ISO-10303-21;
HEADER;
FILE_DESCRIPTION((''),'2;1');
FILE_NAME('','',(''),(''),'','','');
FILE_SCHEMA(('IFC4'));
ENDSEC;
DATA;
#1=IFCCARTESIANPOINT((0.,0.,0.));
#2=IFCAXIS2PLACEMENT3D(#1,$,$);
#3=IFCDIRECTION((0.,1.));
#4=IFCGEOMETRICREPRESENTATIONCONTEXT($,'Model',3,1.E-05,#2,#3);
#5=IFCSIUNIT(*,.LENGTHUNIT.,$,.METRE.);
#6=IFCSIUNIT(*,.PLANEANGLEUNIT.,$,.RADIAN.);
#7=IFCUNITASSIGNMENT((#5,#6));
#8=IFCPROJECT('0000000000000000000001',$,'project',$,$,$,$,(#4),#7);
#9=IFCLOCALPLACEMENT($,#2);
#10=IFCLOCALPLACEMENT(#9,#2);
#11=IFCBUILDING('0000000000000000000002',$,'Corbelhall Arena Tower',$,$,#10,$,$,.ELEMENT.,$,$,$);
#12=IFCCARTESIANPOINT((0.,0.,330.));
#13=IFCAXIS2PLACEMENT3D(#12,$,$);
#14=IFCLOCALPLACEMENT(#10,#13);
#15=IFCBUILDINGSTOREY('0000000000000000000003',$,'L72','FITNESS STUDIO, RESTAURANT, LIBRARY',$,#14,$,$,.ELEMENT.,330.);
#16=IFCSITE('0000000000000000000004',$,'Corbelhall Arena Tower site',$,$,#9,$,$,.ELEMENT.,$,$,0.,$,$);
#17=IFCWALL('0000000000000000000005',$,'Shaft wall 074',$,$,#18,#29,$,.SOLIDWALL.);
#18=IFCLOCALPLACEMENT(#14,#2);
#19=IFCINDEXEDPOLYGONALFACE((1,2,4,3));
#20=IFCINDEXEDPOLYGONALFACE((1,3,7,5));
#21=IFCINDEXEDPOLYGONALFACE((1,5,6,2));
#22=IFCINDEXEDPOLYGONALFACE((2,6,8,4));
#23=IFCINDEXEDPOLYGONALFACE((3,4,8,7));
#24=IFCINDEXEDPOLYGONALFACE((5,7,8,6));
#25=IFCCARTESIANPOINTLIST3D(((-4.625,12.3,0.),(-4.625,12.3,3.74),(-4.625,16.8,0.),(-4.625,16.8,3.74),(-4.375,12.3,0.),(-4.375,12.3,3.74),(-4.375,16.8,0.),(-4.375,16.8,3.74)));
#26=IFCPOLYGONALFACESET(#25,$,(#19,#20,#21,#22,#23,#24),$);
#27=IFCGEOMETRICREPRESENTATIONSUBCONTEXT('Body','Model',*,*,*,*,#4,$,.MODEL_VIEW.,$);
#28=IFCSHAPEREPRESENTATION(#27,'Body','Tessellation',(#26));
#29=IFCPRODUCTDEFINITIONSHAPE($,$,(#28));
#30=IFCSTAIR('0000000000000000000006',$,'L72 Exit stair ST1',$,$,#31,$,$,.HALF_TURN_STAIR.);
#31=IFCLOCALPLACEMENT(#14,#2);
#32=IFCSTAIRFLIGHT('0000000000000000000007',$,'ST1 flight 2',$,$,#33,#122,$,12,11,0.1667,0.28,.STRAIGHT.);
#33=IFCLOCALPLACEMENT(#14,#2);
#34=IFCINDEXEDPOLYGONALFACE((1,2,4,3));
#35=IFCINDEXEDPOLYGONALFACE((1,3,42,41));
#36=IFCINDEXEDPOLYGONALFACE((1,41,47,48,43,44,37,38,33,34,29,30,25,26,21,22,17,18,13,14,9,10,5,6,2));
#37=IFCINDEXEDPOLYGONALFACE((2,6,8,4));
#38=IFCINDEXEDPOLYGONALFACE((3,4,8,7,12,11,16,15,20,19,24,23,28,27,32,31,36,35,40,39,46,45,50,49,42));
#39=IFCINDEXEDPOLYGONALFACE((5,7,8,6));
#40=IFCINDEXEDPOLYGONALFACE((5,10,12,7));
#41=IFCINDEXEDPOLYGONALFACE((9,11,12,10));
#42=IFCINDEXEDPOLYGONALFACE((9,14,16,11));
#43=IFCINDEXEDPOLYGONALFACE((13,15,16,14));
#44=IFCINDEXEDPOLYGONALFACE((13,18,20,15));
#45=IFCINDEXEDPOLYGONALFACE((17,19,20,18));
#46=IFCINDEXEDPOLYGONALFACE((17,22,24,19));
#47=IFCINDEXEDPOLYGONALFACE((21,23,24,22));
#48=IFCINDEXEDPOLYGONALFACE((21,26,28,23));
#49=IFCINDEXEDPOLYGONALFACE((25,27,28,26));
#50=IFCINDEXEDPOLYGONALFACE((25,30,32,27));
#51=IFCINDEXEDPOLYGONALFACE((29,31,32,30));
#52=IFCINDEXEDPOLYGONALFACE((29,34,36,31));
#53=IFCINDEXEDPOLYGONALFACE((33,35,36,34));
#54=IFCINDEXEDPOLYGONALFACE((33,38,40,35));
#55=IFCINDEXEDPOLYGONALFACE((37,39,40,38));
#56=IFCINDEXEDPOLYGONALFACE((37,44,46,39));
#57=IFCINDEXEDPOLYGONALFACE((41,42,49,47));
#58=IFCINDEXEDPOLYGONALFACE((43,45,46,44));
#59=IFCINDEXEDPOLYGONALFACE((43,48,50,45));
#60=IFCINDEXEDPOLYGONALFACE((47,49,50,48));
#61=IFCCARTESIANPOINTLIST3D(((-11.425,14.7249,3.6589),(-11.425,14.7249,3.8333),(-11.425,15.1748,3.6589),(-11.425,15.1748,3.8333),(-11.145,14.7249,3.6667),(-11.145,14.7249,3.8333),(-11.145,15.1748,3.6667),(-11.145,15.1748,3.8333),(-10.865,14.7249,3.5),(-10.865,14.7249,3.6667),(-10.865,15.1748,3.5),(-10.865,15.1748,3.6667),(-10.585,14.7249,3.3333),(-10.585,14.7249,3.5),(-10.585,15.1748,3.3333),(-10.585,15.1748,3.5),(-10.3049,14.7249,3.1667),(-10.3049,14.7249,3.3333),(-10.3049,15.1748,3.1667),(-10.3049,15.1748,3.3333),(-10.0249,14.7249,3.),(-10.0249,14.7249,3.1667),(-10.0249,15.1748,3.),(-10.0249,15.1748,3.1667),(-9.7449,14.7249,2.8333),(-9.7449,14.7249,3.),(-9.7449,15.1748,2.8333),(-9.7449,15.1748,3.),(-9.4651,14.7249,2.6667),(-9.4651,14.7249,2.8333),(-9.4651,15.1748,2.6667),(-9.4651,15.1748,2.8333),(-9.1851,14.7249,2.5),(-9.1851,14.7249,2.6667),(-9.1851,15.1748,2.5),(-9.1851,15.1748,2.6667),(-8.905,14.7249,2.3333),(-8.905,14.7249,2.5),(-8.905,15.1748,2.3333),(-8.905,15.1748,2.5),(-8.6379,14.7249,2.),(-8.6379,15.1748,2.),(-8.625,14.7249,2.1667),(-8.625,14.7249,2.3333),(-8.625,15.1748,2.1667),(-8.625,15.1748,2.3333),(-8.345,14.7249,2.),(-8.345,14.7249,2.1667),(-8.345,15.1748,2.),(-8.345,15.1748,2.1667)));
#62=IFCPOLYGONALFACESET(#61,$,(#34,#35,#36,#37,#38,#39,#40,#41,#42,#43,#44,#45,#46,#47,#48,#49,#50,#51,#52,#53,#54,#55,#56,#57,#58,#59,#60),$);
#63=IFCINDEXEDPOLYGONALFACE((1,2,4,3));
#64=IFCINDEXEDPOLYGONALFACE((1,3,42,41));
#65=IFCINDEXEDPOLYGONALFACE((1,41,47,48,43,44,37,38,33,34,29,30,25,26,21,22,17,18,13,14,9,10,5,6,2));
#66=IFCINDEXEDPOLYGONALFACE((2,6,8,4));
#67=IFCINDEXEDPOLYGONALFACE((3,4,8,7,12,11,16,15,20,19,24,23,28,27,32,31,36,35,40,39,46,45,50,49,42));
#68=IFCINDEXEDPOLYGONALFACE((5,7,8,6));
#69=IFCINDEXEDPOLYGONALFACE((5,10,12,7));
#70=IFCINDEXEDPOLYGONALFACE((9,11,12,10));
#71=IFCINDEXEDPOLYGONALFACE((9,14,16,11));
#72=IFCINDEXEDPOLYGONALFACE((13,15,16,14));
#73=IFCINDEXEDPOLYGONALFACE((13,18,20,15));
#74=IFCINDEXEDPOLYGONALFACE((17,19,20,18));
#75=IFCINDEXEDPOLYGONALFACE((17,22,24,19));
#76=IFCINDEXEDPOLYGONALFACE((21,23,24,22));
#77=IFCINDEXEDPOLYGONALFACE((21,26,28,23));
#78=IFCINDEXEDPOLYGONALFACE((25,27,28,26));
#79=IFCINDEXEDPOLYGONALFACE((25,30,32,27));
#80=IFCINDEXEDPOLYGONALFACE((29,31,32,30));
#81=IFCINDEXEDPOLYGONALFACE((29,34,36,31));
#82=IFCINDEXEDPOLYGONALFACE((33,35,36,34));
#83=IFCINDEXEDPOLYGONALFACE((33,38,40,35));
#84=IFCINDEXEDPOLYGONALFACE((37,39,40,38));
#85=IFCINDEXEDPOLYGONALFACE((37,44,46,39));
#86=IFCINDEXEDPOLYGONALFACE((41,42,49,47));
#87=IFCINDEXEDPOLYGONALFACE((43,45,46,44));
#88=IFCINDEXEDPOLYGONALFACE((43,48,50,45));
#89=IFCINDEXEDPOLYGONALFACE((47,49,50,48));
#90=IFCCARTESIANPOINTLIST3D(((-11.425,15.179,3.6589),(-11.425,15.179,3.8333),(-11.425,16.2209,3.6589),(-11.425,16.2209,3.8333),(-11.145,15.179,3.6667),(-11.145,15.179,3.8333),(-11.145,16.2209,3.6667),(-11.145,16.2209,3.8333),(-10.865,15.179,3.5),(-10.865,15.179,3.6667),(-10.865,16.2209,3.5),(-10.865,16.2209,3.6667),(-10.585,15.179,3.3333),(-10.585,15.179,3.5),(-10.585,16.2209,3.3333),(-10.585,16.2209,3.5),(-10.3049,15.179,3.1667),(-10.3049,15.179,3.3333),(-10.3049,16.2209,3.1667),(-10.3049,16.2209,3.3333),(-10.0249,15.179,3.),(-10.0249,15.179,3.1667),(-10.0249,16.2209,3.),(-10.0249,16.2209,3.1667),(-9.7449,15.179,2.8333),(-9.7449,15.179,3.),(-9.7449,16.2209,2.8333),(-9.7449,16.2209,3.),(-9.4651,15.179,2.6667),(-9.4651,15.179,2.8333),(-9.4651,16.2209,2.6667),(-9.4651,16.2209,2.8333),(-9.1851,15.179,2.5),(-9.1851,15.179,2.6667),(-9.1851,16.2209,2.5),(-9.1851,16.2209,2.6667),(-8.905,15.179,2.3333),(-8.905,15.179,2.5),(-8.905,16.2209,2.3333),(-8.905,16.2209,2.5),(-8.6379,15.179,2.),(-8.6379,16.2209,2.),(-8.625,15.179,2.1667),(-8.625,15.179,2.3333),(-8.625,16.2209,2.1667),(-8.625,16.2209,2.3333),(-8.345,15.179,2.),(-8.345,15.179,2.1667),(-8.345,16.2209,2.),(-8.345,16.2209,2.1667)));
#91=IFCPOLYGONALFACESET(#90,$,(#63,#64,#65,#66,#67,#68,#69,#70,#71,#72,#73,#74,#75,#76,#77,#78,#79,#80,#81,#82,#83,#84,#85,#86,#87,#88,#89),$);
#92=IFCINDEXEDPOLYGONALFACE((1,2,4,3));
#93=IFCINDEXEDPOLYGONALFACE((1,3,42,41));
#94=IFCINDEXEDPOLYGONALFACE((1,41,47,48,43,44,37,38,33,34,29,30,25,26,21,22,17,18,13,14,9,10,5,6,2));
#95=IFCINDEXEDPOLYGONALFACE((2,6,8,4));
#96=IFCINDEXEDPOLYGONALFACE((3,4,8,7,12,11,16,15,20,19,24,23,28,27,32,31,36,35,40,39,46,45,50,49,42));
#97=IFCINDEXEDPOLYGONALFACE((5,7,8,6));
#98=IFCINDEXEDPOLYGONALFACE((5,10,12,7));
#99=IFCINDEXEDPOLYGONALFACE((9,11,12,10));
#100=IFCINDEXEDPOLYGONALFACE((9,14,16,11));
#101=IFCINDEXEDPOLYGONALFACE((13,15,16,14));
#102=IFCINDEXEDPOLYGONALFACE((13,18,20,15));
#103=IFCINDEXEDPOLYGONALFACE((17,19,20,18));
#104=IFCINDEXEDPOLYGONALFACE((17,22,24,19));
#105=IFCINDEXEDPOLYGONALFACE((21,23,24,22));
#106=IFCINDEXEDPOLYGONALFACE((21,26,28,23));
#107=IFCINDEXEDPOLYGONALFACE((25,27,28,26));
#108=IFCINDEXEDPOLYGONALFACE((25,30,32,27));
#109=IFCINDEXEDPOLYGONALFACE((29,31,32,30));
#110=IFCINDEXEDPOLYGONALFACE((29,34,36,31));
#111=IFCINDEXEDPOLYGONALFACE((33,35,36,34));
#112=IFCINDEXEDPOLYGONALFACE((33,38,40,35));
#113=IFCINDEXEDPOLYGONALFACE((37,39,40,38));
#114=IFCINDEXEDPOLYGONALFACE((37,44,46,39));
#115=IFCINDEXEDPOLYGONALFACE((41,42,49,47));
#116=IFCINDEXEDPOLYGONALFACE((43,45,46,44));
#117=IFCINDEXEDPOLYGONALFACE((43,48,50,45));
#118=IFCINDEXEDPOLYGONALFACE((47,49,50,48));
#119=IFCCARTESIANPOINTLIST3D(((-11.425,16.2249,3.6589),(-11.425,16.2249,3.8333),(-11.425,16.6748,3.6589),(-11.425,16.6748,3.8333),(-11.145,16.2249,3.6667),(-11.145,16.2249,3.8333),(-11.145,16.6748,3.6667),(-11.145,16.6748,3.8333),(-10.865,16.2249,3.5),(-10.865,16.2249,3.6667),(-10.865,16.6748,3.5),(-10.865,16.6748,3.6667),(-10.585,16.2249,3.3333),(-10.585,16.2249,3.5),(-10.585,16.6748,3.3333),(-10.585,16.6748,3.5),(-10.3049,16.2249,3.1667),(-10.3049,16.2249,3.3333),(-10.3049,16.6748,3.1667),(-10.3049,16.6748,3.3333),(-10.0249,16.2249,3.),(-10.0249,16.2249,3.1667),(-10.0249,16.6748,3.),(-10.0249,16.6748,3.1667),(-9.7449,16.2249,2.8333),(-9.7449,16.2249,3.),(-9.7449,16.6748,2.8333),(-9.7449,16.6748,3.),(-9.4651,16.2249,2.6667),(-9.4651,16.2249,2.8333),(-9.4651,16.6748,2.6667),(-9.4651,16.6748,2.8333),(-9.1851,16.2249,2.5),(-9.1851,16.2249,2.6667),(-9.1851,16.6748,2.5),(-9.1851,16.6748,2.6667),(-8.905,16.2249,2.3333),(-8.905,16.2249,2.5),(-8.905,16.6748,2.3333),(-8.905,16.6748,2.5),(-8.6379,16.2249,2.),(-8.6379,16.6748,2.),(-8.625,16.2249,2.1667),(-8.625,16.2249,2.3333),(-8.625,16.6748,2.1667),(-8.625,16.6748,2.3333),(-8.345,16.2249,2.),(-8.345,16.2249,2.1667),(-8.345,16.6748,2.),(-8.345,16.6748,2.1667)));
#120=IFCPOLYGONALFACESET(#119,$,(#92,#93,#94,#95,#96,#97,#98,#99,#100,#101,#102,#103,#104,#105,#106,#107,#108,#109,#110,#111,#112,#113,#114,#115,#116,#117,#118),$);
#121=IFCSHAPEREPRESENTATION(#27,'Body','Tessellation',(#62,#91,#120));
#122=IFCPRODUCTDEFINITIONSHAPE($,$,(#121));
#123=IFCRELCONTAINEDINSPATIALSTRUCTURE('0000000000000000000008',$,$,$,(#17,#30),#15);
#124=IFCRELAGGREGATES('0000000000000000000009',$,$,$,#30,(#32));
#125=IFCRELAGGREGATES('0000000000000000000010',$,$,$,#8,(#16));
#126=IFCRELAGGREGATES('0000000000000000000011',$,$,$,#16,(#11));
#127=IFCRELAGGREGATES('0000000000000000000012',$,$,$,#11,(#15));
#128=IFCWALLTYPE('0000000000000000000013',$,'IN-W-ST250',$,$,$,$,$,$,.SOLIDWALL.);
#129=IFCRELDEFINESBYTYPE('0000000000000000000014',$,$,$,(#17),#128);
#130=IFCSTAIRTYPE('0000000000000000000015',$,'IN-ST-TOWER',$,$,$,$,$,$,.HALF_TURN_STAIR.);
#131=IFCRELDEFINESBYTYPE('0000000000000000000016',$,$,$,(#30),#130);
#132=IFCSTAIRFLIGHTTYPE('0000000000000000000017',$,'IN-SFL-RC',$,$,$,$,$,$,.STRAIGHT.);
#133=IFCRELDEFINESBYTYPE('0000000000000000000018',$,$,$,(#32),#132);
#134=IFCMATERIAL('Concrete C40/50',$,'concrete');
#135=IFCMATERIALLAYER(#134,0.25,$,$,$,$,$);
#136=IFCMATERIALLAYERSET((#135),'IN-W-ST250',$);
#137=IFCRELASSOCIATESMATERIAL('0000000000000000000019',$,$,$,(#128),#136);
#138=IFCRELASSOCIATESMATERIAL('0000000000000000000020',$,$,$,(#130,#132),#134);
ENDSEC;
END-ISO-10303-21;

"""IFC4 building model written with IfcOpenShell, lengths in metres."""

from ifc_helpers import new_model, si_unit, direction, frame, frame_2d, origin, place, context, subcontext, project, spatial, polyline, rectangle, outline, extrude, material, layer, layer_set, type_object, element, aggregate, save


model = new_model("IFC4")

# Units and contexts
model_context = context("Model", 3, precision=1e-05, world=origin(), true_north=direction((0.0, 1.0)))
body_context = subcontext(model_context, "Body", "Model", "MODEL_VIEW")
ifc_project = project(units=[si_unit("LENGTHUNIT", "METRE"), si_unit("PLANEANGLEUNIT", "RADIAN")], contexts=[model_context])

# Site, building, storey
site_placement = place(None, origin())
site = spatial("IfcSite", under=ifc_project, at=site_placement, Name="Corbelhall Arena Tower site", CompositionType="ELEMENT", RefElevation=0.0)
building_placement = place(site_placement, origin())
building = spatial("IfcBuilding", under=site, at=building_placement, Name="Corbelhall Arena Tower", CompositionType="ELEMENT")
storey_placement = place(building_placement, frame((0.0, 0.0, 330.0)))
storey = spatial("IfcBuildingStorey", under=building, at=storey_placement, Name="L72", Description="FITNESS STUDIO, RESTAURANT, LIBRARY", CompositionType="ELEMENT", Elevation=330.0)

# Wall
ifc_material_1 = material(Name="Concrete C40/50", Category="concrete")
ifc_layer_1 = layer(ifc_material_1, 0.25)
ifc_layer_set_1 = layer_set([ifc_layer_1], Name="IN-W-ST250")
wall_type_1 = type_object("IfcWallType", Name="IN-W-ST250", PredefinedType="SOLIDWALL", material=ifc_layer_set_1)
wall_1_placement = place(storey_placement, frame((-4.5, 16.8, 0.0), z_axis=(0.0, 0.0, 1.0), x_axis=(0.0, -1.0, 0.0)))
element("IfcWall", 1, at=wall_1_placement, inside=storey, type_object=wall_type_1, Name="Shaft wall 074", PredefinedType="SOLIDWALL", context=body_context, shape_type="SweptSolid", body=[
    extrude(rectangle(XDim=4.5, YDim=0.25, at=frame_2d((2.25, 0.0))), origin(), (0.0, 0.0, 1.0), 3.74),
])

# Stair, stair flight
stair_type = type_object("IfcStairType", Name="IN-ST-TOWER", PredefinedType="HALF_TURN_STAIR", material=ifc_material_1)
stair_placement = place(storey_placement, origin())
stair = element("IfcStair", 2, at=stair_placement, inside=storey, type_object=stair_type, Name="L72 Exit stair ST1", PredefinedType="HALF_TURN_STAIR")
stair_flight_type = type_object("IfcStairFlightType", Name="IN-SFL-RC", PredefinedType="STRAIGHT", material=ifc_material_1)
stair_flight_placement = place(storey_placement, frame((-8.345, 15.7, 2.0), z_axis=(0.0, 0.0, 1.0), x_axis=(-1.0, 0.0, 0.0)))
stair_flight = element("IfcStairFlight", 3, at=stair_flight_placement, type_object=stair_flight_type, Name="ST1 flight 2", NumberOfRisers=12, NumberOfTreads=11, PredefinedType="STRAIGHT", RiserHeight=0.1667, TreadLength=0.28, context=body_context, shape_type="SweptSolid", body=[
    extrude(outline(polyline([(0.0, 0.0), (0.0, 0.1667), (0.28, 0.1667), (0.28, 0.3333), (0.5601, 0.3333), (0.5601, 0.5), (0.8401, 0.5), (0.8401, 0.6667), (1.1201, 0.6667), (1.1201, 0.8333), (1.3999, 0.8333), (1.3999, 1.0), (1.6799, 1.0), (1.6799, 1.1667), (1.96, 1.1667), (1.96, 1.3333), (2.24, 1.3333), (2.24, 1.5), (2.52, 1.5), (2.52, 1.6667), (2.8, 1.6667), (2.8, 1.8333), (3.0801, 1.8333), (3.0801, 2.0), (3.0801, 1.6589), (0.293, 0.0), (0.0, 0.0)])), frame((0.0, 0.9751, 0.0), z_axis=(0.0, -1.0, 0.0), x_axis=(1.0, 0.0, 0.0)), (0.0, 0.0, 1.0), 0.45),
    extrude(outline(polyline([(0.0, 0.0), (0.0, 0.1667), (0.28, 0.1667), (0.28, 0.3333), (0.5601, 0.3333), (0.5601, 0.5), (0.8401, 0.5), (0.8401, 0.6667), (1.1201, 0.6667), (1.1201, 0.8333), (1.3999, 0.8333), (1.3999, 1.0), (1.6799, 1.0), (1.6799, 1.1667), (1.96, 1.1667), (1.96, 1.3333), (2.24, 1.3333), (2.24, 1.5), (2.52, 1.5), (2.52, 1.6667), (2.8, 1.6667), (2.8, 1.8333), (3.0801, 1.8333), (3.0801, 2.0), (3.0801, 1.6589), (0.293, 0.0), (0.0, 0.0)])), frame((0.0, 0.521, 0.0), z_axis=(0.0, -1.0, 0.0), x_axis=(1.0, 0.0, 0.0)), (0.0, 0.0, 1.0), 1.042),
    extrude(outline(polyline([(0.0, 0.0), (0.0, 0.1667), (0.28, 0.1667), (0.28, 0.3333), (0.5601, 0.3333), (0.5601, 0.5), (0.8401, 0.5), (0.8401, 0.6667), (1.1201, 0.6667), (1.1201, 0.8333), (1.3999, 0.8333), (1.3999, 1.0), (1.6799, 1.0), (1.6799, 1.1667), (1.96, 1.1667), (1.96, 1.3333), (2.24, 1.3333), (2.24, 1.5), (2.52, 1.5), (2.52, 1.6667), (2.8, 1.6667), (2.8, 1.8333), (3.0801, 1.8333), (3.0801, 2.0), (3.0801, 1.6589), (0.293, 0.0), (0.0, 0.0)])), frame((0.0, -0.5249, 0.0), z_axis=(0.0, -1.0, 0.0), x_axis=(1.0, 0.0, 0.0)), (0.0, 0.0, 1.0), 0.45),
])
aggregate(stair, [stair_flight])

save(model, "model.ifc")
